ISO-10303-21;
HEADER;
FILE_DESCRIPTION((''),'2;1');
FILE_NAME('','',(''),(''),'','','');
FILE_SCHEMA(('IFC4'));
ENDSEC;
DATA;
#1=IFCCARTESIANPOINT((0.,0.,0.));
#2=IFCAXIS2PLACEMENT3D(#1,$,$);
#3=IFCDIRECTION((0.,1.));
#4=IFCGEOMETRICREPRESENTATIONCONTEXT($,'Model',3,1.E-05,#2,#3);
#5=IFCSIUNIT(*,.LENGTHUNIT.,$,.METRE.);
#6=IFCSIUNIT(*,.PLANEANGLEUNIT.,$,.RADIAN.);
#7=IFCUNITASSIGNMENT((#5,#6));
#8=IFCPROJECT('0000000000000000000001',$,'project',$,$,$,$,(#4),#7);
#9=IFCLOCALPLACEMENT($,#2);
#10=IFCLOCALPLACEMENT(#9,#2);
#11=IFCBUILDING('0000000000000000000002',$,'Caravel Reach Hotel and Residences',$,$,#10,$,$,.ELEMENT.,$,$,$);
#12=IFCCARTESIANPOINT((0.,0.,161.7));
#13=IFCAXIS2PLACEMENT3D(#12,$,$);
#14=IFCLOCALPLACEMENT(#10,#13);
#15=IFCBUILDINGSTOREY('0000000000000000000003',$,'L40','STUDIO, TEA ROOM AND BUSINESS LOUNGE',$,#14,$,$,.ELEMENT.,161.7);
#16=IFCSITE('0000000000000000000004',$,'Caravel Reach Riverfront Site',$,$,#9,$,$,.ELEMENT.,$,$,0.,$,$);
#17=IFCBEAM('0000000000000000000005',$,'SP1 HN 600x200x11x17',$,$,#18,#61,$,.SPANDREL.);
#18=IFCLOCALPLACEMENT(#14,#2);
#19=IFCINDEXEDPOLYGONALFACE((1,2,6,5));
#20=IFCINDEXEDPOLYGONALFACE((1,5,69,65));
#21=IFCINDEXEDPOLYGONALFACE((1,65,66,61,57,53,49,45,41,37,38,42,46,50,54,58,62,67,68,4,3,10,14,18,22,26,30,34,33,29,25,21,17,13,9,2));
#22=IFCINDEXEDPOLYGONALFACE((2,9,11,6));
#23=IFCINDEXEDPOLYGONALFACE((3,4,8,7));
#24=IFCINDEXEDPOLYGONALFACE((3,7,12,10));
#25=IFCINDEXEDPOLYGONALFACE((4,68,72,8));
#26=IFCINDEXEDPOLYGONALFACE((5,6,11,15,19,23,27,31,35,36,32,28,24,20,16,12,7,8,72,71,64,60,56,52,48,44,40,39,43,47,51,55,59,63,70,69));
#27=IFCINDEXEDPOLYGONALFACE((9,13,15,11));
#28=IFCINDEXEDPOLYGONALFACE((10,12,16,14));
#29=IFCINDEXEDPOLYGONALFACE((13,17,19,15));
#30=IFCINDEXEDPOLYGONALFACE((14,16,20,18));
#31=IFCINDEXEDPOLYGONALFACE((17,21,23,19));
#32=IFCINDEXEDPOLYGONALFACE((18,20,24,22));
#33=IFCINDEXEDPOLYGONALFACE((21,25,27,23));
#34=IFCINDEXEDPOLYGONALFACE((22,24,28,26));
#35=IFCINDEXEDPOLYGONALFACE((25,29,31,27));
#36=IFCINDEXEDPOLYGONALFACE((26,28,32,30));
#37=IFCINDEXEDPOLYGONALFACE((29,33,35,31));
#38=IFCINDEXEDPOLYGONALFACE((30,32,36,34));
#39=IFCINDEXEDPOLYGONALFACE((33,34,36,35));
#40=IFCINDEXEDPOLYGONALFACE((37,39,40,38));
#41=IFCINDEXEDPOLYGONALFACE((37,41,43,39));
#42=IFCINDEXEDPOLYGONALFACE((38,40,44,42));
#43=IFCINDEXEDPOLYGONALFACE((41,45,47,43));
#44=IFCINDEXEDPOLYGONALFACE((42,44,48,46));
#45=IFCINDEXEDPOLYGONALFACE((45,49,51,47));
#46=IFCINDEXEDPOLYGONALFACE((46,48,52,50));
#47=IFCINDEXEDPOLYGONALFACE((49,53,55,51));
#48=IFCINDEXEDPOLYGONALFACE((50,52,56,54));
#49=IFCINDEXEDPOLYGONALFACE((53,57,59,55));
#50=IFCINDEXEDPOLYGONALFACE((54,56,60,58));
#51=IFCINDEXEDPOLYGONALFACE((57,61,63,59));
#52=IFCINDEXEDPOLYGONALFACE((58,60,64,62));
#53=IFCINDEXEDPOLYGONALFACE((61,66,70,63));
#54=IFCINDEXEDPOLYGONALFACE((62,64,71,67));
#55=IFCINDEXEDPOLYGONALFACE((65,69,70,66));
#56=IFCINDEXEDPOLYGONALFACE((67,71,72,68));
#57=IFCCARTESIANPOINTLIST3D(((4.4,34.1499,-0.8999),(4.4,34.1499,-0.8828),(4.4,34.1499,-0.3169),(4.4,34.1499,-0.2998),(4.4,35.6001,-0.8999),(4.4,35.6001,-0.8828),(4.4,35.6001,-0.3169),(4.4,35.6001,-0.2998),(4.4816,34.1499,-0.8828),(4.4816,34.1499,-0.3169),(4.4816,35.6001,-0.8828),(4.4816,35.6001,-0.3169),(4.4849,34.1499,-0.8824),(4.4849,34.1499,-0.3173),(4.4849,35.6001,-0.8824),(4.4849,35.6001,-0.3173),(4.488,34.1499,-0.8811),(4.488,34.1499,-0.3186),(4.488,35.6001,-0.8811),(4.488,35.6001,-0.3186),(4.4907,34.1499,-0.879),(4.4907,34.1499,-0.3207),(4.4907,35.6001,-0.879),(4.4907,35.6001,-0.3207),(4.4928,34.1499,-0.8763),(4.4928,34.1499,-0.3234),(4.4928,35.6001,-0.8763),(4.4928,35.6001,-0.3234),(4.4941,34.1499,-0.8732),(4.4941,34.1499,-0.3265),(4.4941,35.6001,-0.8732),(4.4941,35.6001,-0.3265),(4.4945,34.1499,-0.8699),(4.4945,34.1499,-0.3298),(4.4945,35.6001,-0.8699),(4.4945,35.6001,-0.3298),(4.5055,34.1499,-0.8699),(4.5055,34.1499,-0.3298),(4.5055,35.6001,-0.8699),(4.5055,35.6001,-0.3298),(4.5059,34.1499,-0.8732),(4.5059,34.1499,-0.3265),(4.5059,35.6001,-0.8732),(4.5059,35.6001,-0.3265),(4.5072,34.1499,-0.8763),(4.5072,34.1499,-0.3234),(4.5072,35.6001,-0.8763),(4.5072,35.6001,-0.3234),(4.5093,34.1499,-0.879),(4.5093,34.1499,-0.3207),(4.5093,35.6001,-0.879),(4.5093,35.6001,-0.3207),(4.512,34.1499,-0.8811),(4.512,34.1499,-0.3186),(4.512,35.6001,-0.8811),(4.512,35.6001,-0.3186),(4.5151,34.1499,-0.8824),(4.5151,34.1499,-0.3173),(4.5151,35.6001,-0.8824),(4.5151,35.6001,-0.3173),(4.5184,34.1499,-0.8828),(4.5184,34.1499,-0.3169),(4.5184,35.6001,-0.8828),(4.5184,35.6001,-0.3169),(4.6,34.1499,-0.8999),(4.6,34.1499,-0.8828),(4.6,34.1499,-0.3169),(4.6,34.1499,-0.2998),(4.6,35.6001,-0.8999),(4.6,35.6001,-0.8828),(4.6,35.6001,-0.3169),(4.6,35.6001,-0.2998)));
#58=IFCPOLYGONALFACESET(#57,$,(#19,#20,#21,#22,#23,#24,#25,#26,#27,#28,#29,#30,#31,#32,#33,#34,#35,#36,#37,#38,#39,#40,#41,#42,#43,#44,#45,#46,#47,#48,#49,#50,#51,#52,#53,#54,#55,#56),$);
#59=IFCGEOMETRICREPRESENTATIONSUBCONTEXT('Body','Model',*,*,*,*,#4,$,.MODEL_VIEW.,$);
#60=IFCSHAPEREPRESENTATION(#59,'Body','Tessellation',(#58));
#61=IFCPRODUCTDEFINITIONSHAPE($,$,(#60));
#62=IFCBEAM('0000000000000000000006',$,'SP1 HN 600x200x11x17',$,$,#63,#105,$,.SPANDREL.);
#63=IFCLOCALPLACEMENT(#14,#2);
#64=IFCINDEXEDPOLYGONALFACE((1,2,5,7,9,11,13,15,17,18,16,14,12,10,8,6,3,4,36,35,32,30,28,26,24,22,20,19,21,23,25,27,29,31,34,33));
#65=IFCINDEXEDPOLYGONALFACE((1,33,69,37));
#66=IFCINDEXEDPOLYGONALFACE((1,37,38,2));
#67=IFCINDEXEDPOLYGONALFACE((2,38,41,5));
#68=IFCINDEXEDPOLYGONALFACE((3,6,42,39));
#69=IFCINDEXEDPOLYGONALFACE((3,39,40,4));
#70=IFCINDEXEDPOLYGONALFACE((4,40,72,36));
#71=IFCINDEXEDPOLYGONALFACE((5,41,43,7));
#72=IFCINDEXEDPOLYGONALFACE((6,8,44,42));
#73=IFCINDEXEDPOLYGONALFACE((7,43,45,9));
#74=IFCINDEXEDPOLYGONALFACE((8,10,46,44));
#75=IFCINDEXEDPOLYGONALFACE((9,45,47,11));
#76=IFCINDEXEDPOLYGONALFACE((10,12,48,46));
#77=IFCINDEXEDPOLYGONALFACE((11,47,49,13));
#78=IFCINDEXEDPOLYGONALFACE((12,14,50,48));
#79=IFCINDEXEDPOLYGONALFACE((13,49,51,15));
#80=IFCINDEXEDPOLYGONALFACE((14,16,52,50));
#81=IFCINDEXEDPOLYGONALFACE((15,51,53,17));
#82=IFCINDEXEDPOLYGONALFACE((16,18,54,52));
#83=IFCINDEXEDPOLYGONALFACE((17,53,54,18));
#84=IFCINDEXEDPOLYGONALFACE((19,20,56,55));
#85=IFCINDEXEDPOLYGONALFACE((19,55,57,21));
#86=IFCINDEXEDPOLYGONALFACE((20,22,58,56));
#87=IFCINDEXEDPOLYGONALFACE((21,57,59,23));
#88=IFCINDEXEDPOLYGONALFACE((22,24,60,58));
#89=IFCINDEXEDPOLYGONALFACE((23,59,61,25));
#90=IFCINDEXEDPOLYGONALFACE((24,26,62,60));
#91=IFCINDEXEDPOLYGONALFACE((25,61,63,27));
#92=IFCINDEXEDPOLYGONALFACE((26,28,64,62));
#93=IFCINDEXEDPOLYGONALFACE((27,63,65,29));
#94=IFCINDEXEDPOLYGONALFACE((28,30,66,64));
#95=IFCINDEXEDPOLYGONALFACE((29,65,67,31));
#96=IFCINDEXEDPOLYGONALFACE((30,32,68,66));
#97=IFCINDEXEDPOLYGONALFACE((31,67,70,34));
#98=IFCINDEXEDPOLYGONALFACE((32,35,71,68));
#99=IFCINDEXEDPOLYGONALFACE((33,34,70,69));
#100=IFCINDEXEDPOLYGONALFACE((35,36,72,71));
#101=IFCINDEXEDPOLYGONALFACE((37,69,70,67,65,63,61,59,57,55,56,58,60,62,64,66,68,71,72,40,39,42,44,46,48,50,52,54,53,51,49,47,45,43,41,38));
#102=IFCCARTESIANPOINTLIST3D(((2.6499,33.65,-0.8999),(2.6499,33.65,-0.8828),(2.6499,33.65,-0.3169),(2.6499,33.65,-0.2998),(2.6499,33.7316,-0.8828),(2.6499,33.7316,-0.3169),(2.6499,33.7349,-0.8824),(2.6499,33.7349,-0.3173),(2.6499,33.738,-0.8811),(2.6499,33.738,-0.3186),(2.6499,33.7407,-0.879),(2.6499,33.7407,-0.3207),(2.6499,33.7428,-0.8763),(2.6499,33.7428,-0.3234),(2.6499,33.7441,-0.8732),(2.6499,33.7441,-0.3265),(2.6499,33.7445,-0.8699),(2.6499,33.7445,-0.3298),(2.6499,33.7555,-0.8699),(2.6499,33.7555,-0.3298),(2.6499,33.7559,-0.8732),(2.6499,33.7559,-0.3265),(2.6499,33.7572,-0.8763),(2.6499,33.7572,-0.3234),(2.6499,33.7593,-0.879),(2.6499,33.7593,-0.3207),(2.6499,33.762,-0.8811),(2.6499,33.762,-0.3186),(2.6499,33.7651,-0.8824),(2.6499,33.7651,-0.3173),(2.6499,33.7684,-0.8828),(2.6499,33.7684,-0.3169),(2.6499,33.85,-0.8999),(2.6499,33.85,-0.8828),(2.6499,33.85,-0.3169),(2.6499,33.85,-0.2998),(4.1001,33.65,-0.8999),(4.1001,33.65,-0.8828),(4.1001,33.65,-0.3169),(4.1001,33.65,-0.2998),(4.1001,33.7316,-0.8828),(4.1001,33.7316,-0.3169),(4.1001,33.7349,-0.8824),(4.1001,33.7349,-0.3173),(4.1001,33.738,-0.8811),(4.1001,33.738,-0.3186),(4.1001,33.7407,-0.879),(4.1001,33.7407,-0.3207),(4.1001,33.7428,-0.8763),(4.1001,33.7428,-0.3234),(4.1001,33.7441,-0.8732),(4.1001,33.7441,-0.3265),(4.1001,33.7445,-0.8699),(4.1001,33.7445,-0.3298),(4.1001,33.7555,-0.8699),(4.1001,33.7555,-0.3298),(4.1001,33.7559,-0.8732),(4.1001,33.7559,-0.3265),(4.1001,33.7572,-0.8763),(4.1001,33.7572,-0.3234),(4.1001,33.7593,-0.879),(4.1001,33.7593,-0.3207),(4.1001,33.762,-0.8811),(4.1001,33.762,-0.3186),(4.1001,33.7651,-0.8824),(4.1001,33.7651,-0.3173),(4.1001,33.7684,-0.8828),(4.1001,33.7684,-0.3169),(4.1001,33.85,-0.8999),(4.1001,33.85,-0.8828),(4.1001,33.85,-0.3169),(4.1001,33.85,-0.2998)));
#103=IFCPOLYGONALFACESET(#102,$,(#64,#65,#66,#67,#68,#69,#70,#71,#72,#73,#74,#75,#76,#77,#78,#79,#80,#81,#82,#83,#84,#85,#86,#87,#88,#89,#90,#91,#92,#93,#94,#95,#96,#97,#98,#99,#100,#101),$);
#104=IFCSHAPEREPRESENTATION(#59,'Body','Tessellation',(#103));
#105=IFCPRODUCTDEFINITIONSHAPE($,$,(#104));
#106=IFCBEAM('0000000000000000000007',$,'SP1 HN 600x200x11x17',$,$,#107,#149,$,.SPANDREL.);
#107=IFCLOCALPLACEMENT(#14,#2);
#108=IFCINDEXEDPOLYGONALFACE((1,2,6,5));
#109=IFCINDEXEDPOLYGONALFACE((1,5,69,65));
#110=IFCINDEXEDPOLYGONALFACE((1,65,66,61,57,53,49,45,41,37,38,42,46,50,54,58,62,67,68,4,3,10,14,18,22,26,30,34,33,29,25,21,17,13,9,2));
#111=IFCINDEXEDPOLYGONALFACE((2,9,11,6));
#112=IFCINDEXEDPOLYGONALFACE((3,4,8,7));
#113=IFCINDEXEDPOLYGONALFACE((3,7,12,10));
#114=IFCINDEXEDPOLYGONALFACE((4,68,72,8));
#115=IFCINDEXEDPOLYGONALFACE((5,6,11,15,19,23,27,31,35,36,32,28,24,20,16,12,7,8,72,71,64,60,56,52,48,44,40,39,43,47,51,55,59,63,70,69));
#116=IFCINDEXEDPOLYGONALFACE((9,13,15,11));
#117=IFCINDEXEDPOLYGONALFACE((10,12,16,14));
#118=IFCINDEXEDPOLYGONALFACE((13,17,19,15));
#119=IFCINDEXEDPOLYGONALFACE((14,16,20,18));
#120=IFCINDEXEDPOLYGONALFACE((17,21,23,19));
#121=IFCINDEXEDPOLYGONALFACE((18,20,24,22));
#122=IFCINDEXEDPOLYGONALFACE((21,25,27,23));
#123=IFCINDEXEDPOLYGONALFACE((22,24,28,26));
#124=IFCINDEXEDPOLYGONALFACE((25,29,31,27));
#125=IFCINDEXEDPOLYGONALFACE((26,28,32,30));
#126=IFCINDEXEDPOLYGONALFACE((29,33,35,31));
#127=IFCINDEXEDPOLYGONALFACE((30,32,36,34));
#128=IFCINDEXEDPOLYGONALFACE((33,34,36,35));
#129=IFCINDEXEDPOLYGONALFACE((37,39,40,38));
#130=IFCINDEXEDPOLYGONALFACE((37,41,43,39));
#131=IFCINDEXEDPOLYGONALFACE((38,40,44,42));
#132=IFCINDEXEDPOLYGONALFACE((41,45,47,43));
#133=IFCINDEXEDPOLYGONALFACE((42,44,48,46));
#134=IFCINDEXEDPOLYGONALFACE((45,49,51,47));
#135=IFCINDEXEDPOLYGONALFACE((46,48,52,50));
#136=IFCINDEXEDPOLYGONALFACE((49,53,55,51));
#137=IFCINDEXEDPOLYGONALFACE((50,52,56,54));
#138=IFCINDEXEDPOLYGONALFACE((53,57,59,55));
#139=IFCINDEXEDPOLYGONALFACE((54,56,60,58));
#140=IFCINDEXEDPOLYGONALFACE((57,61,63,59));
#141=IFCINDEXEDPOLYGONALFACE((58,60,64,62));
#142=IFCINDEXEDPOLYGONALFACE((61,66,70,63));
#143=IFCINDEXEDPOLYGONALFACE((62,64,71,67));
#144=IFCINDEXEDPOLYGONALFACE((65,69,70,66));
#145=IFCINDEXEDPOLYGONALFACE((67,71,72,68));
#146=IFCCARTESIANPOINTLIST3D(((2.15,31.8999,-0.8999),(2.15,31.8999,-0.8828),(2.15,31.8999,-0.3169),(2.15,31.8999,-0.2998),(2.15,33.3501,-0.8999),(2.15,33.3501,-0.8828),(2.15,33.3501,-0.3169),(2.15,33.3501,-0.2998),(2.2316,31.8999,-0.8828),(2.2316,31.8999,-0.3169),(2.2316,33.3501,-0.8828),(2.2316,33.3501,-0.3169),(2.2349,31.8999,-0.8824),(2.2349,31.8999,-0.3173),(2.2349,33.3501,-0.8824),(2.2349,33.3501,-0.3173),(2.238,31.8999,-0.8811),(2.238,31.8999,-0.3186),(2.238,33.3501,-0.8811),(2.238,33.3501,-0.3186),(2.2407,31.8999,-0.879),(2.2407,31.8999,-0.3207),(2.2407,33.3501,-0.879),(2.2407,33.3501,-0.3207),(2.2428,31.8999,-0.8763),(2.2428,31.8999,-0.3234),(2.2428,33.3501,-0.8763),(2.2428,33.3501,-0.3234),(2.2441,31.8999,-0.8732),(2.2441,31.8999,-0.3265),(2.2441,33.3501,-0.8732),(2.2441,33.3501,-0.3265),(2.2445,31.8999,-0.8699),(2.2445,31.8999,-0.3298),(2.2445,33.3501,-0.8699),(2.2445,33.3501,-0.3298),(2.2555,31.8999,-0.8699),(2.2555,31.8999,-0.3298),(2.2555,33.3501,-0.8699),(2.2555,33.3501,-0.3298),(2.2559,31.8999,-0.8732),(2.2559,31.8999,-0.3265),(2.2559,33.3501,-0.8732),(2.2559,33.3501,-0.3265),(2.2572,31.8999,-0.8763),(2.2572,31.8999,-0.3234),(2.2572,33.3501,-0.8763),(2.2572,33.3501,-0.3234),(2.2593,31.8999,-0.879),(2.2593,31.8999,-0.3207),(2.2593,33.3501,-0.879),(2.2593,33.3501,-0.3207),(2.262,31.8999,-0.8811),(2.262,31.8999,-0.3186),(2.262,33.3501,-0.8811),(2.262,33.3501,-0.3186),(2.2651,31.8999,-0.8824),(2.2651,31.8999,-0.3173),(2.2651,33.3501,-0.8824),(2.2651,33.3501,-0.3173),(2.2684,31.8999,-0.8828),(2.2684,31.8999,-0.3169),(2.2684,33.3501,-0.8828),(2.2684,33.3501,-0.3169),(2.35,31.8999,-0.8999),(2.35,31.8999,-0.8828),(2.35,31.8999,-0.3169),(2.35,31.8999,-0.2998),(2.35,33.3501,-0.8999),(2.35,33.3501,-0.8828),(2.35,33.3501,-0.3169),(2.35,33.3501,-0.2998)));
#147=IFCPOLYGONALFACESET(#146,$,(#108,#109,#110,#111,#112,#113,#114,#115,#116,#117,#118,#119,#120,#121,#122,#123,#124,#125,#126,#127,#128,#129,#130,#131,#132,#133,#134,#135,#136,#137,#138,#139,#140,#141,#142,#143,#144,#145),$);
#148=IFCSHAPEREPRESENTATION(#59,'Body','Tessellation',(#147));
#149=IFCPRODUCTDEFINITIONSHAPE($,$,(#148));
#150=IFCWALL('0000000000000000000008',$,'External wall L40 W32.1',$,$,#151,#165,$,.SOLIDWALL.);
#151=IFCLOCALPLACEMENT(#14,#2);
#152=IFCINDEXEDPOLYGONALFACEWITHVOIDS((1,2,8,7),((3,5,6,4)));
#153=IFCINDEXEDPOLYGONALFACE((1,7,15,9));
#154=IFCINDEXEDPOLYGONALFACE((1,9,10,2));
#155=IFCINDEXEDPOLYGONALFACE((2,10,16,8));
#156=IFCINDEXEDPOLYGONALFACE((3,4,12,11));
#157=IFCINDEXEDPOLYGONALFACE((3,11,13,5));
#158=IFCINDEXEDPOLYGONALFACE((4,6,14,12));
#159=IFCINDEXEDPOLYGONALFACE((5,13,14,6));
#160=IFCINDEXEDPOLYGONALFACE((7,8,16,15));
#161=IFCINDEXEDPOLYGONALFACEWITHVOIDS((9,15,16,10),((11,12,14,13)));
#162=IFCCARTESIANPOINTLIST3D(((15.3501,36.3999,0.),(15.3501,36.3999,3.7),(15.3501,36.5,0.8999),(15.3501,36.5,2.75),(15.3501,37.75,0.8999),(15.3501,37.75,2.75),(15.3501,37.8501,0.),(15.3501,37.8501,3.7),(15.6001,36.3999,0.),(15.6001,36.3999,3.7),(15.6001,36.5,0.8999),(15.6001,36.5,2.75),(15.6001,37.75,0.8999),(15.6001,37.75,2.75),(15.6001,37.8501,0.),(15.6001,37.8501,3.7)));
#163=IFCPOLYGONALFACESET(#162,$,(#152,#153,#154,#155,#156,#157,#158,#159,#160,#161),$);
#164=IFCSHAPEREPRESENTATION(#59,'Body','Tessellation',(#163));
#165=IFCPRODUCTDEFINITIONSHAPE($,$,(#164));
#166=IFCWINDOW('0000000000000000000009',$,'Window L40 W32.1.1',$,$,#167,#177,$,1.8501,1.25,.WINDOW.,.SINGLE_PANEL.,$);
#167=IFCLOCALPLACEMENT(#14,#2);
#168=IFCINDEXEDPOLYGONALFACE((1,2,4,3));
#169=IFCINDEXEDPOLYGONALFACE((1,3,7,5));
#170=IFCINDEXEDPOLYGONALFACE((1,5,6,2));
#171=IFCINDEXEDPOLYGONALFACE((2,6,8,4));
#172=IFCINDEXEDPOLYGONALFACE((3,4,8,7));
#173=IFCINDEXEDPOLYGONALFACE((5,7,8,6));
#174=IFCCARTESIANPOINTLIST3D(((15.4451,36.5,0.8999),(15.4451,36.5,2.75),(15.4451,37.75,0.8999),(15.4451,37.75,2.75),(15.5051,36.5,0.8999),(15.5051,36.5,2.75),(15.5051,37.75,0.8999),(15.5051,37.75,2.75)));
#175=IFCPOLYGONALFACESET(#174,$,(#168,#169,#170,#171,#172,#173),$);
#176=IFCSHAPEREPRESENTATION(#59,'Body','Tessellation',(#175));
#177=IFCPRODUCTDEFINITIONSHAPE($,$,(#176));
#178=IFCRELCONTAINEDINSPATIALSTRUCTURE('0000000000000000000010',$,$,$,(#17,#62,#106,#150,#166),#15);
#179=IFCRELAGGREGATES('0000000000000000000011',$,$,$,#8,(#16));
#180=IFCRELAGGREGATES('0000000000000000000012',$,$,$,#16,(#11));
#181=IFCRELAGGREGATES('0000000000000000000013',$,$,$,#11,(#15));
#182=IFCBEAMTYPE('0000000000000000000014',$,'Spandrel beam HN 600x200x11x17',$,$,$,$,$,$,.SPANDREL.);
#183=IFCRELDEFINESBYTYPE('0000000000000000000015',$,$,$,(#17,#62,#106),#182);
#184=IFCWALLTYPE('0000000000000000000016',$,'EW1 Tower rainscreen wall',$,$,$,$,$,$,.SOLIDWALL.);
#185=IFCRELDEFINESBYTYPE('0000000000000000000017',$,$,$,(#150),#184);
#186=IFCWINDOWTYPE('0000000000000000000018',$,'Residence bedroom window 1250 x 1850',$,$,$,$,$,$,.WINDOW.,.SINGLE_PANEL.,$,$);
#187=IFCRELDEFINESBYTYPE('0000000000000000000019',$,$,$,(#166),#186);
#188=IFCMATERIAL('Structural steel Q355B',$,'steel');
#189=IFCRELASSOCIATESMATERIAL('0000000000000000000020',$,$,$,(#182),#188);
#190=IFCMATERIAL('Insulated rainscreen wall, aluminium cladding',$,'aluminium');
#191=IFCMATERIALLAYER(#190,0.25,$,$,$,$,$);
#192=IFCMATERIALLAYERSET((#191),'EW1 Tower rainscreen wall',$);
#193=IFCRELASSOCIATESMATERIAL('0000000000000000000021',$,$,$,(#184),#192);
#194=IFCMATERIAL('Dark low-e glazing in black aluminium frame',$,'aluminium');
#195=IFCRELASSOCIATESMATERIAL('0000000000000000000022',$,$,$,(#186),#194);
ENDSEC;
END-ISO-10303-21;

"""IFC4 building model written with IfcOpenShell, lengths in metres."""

from ifc_helpers import new_model, si_unit, direction, frame, frame_2d, origin, origin_2d, place, context, subcontext, project, spatial, rectangle, i_section, extrude, material, layer, layer_set, material_profile, profile_set, type_object, element, fill, save


model = new_model("IFC4")

# Units and contexts
model_context = context("Model", 3, precision=1e-05, world=origin(), true_north=direction((0.0, 1.0)))
body_context = subcontext(model_context, "Body", "Model", "MODEL_VIEW")
ifc_project = project(units=[si_unit("LENGTHUNIT", "METRE"), si_unit("PLANEANGLEUNIT", "RADIAN")], contexts=[model_context])

# Site, building, storey
site_placement = place(None, origin())
site = spatial("IfcSite", under=ifc_project, at=site_placement, Name="Caravel Reach Riverfront Site", CompositionType="ELEMENT", RefElevation=0.0)
building_placement = place(site_placement, origin())
building = spatial("IfcBuilding", under=site, at=building_placement, Name="Caravel Reach Hotel and Residences", CompositionType="ELEMENT")
storey_placement = place(building_placement, frame((0.0, 0.0, 161.7)))
storey = spatial("IfcBuildingStorey", under=building, at=storey_placement, Name="L40", Description="STUDIO, TEA ROOM AND BUSINESS LOUNGE", CompositionType="ELEMENT", Elevation=161.7)

# Beams
ifc_material_1 = material(Name="Structural steel Q355B", Category="steel")
ifc_material_profile_1 = material_profile(ifc_material_1, i_section(OverallWidth=0.2, OverallDepth=0.6001, WebThickness=0.011, FlangeThickness=0.0171, FilletRadius=0.0129, at=origin_2d()), Name="HN 600x200x11x17")
ifc_profile_set_1 = profile_set([ifc_material_profile_1], Name="Structural steel Q355B")
beam_type = type_object("IfcBeamType", Name="Spandrel beam HN 600x200x11x17", PredefinedType="SPANDREL", material=ifc_profile_set_1)
for number, where, z_axis, x_axis, name in (
    (1, (4.5, 35.6001, -0.5999), (0.0, -1.0, 0.0), (1.0, 0.0, 0.0), "SP1 HN 600x200x11x17"),
    (2, (4.1001, 33.75, -0.5999), (-1.0, 0.0, 0.0), (0.0, -1.0, 0.0), "SP1 HN 600x200x11x17"),
    (3, (2.25, 33.3501, -0.5999), (0.0, -1.0, 0.0), (1.0, 0.0, 0.0), "SP1 HN 600x200x11x17"),
):
    element("IfcBeam", number, at=place(storey_placement, frame(where, z_axis=z_axis, x_axis=x_axis)), inside=storey, type_object=beam_type, Name=name, PredefinedType="SPANDREL", context=body_context, shape_type="SweptSolid", body=[
        extrude(i_section(OverallWidth=0.2, OverallDepth=0.6001, WebThickness=0.011, FlangeThickness=0.0171, FilletRadius=0.0129, at=origin_2d()), origin(), (0.0, 0.0, 1.0), 1.4502),
    ])

# Wall, opening, window
ifc_material_2 = material(Name="Insulated rainscreen wall, aluminium cladding", Category="aluminium")
ifc_layer = layer(ifc_material_2, 0.25)
ifc_layer_set = layer_set([ifc_layer], Name="EW1 Tower rainscreen wall")
wall_type = type_object("IfcWallType", Name="EW1 Tower rainscreen wall", PredefinedType="SOLIDWALL", material=ifc_layer_set)
wall_1_placement = place(storey_placement, frame((15.4751, 37.8501, 0.0), z_axis=(0.0, 0.0, 1.0), x_axis=(0.0, -1.0, 0.0)))
wall_1 = element("IfcWall", 4, at=wall_1_placement, inside=storey, type_object=wall_type, Name="External wall L40 W32.1", PredefinedType="SOLIDWALL", context=body_context, shape_type="SweptSolid", body=[
    extrude(rectangle(XDim=1.4502, YDim=0.25, at=frame_2d((0.7251, 0.0))), origin(), (0.0, 0.0, 1.0), 3.7),
])
opening_1_placement = place(wall_1_placement, frame((0.1001, 0.0, 0.8999)))
opening_1 = element("IfcOpeningElement", 5, at=opening_1_placement, cuts=wall_1, PredefinedType="OPENING", context=body_context, shape_type="SweptSolid", body=[
    extrude(rectangle(XDim=1.25, YDim=1.8501, at=frame_2d((0.625, 0.925))), frame((0.0, 0.135, 0.0), z_axis=(0.0, -1.0, 0.0), x_axis=(1.0, 0.0, 0.0)), (0.0, 0.0, 1.0), 0.27),
])
ifc_material_3 = material(Name="Dark low-e glazing in black aluminium frame", Category="aluminium")
window_type_1 = type_object("IfcWindowType", Name="Residence bedroom window 1250 x 1850", PartitioningType="SINGLE_PANEL", PredefinedType="WINDOW", material=ifc_material_3)
window_1_placement = place(opening_1_placement, origin())
window_1 = element("IfcWindow", 6, at=window_1_placement, inside=storey, type_object=window_type_1, Name="Window L40 W32.1.1", OverallHeight=1.8501, OverallWidth=1.25, PartitioningType="SINGLE_PANEL", PredefinedType="WINDOW", context=body_context, shape_type="SweptSolid", body=[
    extrude(rectangle(XDim=1.25, YDim=1.8501, at=frame_2d((0.625, 0.925))), frame((0.0, 0.03, 0.0), z_axis=(0.0, -1.0, 0.0), x_axis=(1.0, 0.0, 0.0)), (0.0, 0.0, 1.0), 0.0601),
])
fill(opening_1, window_1)

save(model, "model.ifc")
